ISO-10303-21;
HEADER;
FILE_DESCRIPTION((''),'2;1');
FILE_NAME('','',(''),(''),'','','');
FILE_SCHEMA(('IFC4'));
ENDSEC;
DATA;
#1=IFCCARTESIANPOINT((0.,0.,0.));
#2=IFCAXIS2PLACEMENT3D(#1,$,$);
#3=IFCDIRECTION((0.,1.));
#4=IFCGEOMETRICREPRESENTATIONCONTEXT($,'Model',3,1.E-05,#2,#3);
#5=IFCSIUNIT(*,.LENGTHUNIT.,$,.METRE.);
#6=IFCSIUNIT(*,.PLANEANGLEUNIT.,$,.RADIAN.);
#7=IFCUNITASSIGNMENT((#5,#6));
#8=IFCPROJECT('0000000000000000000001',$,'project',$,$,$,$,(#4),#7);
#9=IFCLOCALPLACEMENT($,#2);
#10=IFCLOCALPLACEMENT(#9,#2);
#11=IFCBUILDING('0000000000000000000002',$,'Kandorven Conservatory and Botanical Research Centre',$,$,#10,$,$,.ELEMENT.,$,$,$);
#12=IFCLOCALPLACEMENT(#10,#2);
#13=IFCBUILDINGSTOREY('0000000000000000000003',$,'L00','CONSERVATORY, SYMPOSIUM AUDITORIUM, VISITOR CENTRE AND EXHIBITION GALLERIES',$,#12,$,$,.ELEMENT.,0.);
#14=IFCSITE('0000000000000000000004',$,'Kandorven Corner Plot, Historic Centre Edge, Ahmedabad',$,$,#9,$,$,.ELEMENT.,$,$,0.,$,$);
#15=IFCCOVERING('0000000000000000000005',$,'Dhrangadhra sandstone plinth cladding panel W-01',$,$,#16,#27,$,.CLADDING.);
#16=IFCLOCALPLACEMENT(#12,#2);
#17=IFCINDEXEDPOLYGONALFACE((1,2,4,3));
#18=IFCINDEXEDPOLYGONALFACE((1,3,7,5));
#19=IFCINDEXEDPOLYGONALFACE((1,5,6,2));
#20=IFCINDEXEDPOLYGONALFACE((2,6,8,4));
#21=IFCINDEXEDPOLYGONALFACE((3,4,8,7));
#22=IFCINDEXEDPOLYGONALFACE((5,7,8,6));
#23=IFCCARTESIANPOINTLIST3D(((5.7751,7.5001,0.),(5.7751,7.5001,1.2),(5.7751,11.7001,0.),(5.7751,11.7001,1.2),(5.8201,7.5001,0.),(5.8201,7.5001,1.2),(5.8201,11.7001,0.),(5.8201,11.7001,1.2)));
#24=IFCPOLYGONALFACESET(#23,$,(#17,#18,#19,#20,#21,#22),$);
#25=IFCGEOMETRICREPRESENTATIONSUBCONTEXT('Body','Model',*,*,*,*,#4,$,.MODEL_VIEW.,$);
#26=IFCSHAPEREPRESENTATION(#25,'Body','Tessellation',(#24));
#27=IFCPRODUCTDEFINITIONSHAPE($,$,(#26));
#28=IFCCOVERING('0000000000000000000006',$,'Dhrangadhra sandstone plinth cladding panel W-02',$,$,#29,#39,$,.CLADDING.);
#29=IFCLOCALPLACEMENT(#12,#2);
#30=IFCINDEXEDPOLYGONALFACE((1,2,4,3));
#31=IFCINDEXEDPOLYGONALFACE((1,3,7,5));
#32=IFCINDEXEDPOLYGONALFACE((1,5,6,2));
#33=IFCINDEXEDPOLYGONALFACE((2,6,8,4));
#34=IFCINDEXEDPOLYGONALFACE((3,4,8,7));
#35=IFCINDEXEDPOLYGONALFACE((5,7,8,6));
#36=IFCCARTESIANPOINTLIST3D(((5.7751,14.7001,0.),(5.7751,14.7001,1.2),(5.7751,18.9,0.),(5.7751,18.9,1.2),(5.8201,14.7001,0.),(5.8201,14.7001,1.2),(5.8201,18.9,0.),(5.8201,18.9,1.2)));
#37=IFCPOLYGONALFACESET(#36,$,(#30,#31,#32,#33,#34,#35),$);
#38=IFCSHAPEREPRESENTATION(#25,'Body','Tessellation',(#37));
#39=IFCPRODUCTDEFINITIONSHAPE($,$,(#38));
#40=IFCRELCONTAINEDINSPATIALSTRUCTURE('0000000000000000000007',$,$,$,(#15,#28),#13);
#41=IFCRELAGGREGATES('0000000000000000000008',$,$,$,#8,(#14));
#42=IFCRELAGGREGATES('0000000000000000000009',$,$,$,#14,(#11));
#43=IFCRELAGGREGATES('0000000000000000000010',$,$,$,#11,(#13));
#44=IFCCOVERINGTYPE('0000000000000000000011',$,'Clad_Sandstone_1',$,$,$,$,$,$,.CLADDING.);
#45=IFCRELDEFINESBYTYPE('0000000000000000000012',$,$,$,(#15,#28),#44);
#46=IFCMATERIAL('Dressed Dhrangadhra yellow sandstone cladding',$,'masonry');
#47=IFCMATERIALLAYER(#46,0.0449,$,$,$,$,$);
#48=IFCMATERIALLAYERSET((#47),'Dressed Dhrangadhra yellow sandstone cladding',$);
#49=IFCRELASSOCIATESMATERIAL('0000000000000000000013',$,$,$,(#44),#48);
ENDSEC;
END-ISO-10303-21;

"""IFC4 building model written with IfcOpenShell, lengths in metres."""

from ifc_helpers import new_model, si_unit, direction, frame, origin, origin_2d, place, context, subcontext, project, spatial, rectangle, extrude, material, layer, layer_set, type_object, element, save


model = new_model("IFC4")

# Units and contexts
model_context = context("Model", 3, precision=1e-05, world=origin(), true_north=direction((0.0, 1.0)))
body_context = subcontext(model_context, "Body", "Model", "MODEL_VIEW")
ifc_project = project(units=[si_unit("LENGTHUNIT", "METRE"), si_unit("PLANEANGLEUNIT", "RADIAN")], contexts=[model_context])

# Site, building, storey
site_placement = place(None, origin())
site = spatial("IfcSite", under=ifc_project, at=site_placement, Name="Kandorven Corner Plot, Historic Centre Edge, Ahmedabad", CompositionType="ELEMENT", RefElevation=0.0)
building_placement = place(site_placement, origin())
building = spatial("IfcBuilding", under=site, at=building_placement, Name="Kandorven Conservatory and Botanical Research Centre", CompositionType="ELEMENT")
storey_placement = place(building_placement, origin())
storey = spatial("IfcBuildingStorey", under=building, at=storey_placement, Name="L00", Description="CONSERVATORY, SYMPOSIUM AUDITORIUM, VISITOR CENTRE AND EXHIBITION GALLERIES", CompositionType="ELEMENT", Elevation=0.0)

# Coverings
ifc_material_1 = material(Name="Dressed Dhrangadhra yellow sandstone cladding", Category="masonry")
ifc_layer_1 = layer(ifc_material_1, 0.0449)
ifc_layer_set_1 = layer_set([ifc_layer_1], Name="Dressed Dhrangadhra yellow sandstone cladding")
covering_type = type_object("IfcCoveringType", Name="Clad_Sandstone_1", PredefinedType="CLADDING", material=ifc_layer_set_1)
for number, where, z_axis, x_axis, name in (
    (1, (5.7976, 9.6001, 0.0), (0.0, 0.0, 1.0), (1.0, 0.0, 0.0), "Dhrangadhra sandstone plinth cladding panel W-01"),
    (2, (5.7976, 16.8, 0.0), (0.0, 0.0, 1.0), (1.0, 0.0, 0.0), "Dhrangadhra sandstone plinth cladding panel W-02"),
):
    element("IfcCovering", number, at=place(storey_placement, frame(where, z_axis=z_axis, x_axis=x_axis)), inside=storey, type_object=covering_type, Name=name, PredefinedType="CLADDING", context=body_context, shape_type="SweptSolid", body=[
        extrude(rectangle(XDim=0.0449, YDim=4.2, at=origin_2d()), origin(), (0.0, 0.0, 1.0), 1.2),
    ])

save(model, "model.ifc")
